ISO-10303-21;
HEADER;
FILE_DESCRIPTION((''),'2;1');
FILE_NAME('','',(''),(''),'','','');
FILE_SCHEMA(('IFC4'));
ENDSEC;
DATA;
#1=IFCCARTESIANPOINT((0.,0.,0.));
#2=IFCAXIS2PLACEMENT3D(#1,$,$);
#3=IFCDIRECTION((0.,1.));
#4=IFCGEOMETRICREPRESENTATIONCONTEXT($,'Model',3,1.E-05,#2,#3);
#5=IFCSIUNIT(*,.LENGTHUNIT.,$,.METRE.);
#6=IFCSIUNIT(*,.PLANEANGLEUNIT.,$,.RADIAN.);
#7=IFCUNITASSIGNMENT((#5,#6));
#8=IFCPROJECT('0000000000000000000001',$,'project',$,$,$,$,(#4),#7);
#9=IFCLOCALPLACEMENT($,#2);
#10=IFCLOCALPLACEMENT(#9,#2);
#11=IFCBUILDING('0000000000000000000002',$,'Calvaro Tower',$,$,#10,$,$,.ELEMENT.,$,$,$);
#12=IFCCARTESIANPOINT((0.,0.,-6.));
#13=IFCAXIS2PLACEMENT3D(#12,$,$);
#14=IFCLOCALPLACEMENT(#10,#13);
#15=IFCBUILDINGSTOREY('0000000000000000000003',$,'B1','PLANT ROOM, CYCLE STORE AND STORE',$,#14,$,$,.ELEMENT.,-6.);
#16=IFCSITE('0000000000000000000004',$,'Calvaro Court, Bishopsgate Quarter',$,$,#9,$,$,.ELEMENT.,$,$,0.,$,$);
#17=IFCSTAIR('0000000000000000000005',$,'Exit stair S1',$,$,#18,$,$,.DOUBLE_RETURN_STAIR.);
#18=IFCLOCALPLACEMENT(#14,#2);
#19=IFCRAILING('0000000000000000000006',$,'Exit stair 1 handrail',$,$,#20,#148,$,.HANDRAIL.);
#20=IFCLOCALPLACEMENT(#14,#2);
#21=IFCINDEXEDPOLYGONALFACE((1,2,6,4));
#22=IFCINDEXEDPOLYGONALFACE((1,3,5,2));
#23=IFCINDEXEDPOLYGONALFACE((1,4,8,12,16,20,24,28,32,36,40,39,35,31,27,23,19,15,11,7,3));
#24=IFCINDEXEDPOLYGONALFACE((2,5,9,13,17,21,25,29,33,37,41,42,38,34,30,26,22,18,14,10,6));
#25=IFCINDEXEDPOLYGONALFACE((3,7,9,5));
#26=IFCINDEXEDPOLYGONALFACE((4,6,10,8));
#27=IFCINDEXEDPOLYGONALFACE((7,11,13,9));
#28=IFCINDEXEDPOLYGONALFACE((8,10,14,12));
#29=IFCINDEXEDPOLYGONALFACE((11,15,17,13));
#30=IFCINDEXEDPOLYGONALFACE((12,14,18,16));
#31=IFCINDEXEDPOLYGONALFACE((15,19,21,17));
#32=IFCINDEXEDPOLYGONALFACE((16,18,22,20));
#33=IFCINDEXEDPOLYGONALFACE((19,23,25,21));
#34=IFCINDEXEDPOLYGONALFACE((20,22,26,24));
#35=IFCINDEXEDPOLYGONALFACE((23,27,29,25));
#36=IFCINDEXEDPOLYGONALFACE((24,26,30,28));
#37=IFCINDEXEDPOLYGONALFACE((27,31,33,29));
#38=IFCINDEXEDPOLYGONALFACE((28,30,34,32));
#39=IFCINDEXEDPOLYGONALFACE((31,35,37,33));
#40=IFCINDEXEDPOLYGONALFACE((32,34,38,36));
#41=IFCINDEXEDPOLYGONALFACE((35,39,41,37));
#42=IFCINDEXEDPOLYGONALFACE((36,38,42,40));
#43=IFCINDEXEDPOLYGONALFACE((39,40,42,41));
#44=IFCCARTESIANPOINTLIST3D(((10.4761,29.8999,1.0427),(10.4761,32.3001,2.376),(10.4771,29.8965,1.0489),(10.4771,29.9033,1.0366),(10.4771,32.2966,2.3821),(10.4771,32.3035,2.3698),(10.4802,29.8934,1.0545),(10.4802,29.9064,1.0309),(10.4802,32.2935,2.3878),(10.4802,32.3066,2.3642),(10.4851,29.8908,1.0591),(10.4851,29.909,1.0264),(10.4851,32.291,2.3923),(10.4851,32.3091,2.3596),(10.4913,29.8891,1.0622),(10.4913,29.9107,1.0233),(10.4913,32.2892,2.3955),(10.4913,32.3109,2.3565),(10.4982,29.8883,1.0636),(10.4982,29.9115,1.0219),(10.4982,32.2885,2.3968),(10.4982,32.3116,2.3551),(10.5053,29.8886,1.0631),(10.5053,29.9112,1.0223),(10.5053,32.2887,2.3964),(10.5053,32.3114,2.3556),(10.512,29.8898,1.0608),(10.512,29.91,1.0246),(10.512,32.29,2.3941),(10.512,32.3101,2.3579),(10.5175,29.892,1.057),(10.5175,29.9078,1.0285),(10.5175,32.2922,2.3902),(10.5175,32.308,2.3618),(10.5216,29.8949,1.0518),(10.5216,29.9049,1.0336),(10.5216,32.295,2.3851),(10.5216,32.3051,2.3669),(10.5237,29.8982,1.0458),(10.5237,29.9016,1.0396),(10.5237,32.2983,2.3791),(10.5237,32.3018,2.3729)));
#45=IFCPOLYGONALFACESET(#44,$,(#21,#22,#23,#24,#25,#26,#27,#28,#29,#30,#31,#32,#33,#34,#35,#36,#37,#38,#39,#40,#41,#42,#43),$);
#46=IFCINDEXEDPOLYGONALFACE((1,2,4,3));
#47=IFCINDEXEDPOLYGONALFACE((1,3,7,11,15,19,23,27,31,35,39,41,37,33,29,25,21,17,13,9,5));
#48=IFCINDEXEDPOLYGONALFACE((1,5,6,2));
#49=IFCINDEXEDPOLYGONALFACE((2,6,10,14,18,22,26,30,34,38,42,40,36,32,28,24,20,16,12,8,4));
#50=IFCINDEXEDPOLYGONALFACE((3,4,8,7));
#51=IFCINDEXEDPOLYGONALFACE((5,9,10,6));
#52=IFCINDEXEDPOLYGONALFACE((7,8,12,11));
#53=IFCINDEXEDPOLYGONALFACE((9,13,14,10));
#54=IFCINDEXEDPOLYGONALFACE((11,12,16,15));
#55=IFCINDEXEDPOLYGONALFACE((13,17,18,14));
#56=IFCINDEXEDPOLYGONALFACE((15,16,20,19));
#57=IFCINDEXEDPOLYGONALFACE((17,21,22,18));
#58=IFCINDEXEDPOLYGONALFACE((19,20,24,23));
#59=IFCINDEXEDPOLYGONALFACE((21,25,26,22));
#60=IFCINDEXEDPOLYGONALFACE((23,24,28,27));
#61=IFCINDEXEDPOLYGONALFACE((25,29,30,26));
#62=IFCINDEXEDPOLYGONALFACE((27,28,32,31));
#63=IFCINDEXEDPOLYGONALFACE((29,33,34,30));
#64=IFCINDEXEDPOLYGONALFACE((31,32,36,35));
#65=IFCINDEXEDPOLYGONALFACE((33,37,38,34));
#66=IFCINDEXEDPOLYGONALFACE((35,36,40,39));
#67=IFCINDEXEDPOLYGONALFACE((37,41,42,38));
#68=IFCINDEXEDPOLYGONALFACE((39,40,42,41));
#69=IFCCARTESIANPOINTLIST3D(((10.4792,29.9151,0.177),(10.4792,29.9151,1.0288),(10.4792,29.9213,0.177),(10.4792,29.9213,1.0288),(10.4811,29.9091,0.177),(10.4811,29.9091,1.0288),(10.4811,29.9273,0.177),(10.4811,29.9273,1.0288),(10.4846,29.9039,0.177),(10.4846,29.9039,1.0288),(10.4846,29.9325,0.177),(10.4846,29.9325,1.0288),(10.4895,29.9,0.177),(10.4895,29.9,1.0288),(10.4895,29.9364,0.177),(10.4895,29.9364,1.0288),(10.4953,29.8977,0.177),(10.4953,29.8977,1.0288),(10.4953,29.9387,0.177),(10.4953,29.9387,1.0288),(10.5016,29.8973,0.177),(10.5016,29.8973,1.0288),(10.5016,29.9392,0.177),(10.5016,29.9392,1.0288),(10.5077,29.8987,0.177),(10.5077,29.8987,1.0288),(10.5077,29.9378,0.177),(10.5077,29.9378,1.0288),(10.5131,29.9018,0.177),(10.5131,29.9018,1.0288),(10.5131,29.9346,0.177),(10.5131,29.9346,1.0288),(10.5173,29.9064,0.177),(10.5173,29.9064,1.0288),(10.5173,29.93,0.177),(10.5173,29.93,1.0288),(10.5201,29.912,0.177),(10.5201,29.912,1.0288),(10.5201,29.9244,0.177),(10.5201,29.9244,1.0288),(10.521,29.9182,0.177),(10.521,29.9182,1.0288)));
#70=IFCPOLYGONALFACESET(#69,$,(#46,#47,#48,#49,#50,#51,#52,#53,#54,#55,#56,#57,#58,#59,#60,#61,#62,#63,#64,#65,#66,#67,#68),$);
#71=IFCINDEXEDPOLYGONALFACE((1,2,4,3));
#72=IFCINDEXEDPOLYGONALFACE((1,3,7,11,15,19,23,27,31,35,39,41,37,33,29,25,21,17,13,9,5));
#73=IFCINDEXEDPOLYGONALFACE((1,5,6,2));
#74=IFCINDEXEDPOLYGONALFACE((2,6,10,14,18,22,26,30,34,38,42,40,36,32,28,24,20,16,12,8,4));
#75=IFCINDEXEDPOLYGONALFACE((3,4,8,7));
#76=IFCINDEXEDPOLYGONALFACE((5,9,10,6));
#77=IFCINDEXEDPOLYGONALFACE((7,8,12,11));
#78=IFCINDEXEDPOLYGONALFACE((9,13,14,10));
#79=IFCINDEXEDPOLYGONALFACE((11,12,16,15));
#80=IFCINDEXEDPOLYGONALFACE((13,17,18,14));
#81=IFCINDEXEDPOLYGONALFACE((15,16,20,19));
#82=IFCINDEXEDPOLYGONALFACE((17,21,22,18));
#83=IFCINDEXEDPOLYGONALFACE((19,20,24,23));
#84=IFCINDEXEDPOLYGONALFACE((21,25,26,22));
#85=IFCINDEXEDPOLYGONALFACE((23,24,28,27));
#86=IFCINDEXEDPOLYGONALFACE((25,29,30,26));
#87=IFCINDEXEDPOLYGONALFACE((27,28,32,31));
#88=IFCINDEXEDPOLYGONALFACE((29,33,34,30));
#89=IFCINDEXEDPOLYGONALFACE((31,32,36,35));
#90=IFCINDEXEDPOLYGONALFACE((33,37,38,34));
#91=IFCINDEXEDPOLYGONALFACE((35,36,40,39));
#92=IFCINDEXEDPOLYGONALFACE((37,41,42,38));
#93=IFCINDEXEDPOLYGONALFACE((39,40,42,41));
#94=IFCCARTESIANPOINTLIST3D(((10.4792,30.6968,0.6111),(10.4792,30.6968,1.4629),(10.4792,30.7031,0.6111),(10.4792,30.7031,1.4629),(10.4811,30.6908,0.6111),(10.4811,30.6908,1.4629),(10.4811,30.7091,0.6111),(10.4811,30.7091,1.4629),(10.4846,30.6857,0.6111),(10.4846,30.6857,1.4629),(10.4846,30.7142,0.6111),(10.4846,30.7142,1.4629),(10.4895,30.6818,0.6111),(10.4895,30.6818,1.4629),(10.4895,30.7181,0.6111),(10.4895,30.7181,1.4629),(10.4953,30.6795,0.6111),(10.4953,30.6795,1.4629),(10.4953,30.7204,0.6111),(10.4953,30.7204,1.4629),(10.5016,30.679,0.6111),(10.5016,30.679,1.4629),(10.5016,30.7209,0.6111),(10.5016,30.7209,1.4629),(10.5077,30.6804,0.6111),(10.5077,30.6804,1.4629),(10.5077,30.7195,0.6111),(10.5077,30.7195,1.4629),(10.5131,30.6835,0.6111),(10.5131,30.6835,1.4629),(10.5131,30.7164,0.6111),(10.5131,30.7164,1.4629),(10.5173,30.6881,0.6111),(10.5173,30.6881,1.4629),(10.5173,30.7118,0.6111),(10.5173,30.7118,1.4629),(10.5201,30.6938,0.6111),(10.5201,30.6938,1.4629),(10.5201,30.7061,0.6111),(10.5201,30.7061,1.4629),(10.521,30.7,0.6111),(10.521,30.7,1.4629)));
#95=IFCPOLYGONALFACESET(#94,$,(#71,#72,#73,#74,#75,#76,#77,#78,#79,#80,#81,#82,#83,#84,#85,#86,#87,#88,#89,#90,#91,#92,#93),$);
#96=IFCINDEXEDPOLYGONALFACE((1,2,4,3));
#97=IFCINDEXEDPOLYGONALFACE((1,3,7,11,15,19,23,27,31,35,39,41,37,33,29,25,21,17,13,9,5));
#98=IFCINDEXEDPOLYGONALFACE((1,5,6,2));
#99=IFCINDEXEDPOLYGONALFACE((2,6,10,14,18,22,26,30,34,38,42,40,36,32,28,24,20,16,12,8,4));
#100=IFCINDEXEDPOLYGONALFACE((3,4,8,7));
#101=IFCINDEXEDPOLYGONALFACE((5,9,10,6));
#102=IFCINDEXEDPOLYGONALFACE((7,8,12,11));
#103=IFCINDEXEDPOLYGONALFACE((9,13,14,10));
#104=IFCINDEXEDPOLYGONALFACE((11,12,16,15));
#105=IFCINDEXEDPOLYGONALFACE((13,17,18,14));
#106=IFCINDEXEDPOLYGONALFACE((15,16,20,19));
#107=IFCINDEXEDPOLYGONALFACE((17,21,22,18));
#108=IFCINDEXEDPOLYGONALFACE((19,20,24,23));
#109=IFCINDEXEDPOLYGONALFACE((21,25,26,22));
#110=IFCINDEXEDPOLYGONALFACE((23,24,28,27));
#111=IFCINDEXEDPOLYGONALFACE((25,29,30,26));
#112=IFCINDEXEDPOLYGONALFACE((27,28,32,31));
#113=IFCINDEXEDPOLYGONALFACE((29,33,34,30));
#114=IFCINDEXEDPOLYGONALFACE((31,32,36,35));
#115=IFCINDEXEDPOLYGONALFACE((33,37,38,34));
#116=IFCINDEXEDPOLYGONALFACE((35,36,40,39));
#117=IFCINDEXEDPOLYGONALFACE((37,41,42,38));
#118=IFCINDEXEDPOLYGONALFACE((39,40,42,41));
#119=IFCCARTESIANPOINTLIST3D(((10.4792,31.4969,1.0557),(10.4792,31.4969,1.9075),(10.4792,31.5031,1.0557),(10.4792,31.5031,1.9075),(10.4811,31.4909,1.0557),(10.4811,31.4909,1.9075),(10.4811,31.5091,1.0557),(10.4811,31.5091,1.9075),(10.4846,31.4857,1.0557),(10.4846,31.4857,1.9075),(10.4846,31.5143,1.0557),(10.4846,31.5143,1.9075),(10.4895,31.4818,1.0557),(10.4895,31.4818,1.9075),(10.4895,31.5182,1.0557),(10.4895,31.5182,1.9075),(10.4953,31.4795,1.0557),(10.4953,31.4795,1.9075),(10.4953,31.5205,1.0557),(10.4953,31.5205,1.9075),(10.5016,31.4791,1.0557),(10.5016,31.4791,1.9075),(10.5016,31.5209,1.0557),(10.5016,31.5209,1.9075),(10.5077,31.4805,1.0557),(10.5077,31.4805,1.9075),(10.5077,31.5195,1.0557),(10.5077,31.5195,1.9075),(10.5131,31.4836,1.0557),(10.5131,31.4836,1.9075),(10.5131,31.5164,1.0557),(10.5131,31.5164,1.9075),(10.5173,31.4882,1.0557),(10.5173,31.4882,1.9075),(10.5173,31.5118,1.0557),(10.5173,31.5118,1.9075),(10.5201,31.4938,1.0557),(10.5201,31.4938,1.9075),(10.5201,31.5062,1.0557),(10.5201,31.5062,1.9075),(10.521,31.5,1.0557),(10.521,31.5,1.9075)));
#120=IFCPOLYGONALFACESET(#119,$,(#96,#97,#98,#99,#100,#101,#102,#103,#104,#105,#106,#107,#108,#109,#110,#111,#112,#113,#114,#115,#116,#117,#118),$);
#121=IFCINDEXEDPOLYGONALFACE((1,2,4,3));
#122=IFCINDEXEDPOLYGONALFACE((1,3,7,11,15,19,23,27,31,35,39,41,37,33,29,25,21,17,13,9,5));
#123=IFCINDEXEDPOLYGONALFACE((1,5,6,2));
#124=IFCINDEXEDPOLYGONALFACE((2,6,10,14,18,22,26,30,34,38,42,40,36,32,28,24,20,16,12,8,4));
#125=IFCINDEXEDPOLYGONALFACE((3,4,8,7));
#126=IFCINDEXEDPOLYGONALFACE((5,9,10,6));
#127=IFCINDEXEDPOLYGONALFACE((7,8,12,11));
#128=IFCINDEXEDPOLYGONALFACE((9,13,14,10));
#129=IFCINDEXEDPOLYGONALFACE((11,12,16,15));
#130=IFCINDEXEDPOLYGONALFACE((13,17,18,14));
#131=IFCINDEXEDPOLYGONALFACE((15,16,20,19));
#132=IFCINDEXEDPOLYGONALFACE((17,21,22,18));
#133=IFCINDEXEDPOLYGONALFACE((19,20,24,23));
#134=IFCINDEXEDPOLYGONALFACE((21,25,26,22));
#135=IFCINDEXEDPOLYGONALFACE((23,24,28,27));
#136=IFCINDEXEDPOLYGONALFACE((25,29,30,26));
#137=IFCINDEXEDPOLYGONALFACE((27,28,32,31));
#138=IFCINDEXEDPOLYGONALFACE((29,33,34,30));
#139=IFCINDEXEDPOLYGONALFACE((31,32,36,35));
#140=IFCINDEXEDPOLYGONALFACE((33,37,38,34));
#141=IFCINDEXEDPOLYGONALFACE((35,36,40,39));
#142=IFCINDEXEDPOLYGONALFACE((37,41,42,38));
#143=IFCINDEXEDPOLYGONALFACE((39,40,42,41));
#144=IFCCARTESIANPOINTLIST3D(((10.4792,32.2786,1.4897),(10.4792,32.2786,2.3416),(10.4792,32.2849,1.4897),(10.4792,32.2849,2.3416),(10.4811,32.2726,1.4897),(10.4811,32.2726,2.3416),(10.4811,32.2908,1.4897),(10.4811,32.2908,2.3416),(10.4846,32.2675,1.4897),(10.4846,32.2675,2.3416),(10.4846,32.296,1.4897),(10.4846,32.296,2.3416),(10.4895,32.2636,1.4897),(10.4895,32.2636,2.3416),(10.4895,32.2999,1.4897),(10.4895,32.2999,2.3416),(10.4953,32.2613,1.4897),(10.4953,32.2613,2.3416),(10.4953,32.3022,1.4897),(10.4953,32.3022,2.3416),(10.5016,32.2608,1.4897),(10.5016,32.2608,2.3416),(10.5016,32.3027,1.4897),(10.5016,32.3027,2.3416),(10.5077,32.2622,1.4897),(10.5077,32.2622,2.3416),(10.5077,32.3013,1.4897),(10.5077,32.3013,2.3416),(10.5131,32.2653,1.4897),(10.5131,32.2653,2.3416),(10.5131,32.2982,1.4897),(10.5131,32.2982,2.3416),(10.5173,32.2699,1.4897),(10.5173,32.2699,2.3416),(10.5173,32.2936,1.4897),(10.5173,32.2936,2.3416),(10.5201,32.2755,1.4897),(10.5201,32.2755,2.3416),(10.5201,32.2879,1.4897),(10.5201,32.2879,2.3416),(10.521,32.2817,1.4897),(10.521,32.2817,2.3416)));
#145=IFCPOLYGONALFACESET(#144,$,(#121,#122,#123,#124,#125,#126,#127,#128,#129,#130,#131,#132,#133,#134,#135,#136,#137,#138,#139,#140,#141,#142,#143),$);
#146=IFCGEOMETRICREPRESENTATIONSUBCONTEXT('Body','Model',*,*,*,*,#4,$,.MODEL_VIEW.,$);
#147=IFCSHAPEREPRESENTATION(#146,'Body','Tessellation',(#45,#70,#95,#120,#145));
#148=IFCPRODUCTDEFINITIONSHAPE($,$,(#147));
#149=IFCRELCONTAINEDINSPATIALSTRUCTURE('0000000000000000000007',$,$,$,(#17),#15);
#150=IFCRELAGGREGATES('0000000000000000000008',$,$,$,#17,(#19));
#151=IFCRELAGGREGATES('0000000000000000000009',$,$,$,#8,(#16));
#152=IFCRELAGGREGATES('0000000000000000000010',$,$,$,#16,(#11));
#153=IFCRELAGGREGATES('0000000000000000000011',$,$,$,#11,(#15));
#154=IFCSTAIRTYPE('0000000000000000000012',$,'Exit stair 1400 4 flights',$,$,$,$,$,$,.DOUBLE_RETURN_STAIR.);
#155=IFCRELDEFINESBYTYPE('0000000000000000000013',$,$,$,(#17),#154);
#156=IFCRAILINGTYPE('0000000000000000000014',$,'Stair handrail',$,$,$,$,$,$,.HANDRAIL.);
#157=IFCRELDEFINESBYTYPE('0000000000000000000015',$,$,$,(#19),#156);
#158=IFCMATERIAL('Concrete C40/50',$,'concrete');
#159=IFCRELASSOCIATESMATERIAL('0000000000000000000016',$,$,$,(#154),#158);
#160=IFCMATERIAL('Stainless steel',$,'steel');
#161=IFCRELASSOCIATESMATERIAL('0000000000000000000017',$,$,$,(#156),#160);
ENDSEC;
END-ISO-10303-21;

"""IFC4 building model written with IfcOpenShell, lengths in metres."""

from ifc_helpers import new_model, si_unit, direction, frame, origin, origin_2d, place, context, subcontext, project, spatial, circle, extrude, material, type_object, element, aggregate, save


model = new_model("IFC4")

# Units and contexts
model_context = context("Model", 3, precision=1e-05, world=origin(), true_north=direction((0.0, 1.0)))
body_context = subcontext(model_context, "Body", "Model", "MODEL_VIEW")
ifc_project = project(units=[si_unit("LENGTHUNIT", "METRE"), si_unit("PLANEANGLEUNIT", "RADIAN")], contexts=[model_context])

# Site, building, storey
site_placement = place(None, origin())
site = spatial("IfcSite", under=ifc_project, at=site_placement, Name="Calvaro Court, Bishopsgate Quarter", CompositionType="ELEMENT", RefElevation=0.0)
building_placement = place(site_placement, origin())
building = spatial("IfcBuilding", under=site, at=building_placement, Name="Calvaro Tower", CompositionType="ELEMENT")
storey_placement = place(building_placement, frame((0.0, 0.0, -6.0)))
storey = spatial("IfcBuildingStorey", under=building, at=storey_placement, Name="B1", Description="PLANT ROOM, CYCLE STORE AND STORE", CompositionType="ELEMENT", Elevation=-6.0)

# Stair, railing
ifc_material_1 = material(Name="Concrete C40/50", Category="concrete")
stair_type = type_object("IfcStairType", Name="Exit stair 1400 4 flights", PredefinedType="DOUBLE_RETURN_STAIR", material=ifc_material_1)
stair_placement = place(storey_placement, origin())
stair = element("IfcStair", 1, at=stair_placement, inside=storey, type_object=stair_type, Name="Exit stair S1", PredefinedType="DOUBLE_RETURN_STAIR")
ifc_material_2 = material(Name="Stainless steel", Category="steel")
railing_type = type_object("IfcRailingType", Name="Stair handrail", PredefinedType="HANDRAIL", material=ifc_material_2)
railing_placement = place(storey_placement, frame((10.5, 29.8999, 0.1667)))
railing = element("IfcRailing", 2, at=railing_placement, type_object=railing_type, Name="Exit stair 1 handrail", PredefinedType="HANDRAIL", context=body_context, shape_type="SweptSolid", body=[
    extrude(circle(Radius=0.0239, at=origin_2d()), frame((0.0, 0.0, 0.876), z_axis=(0.0, 0.874182, 0.485598), x_axis=(-1.0, 0.0, 0.0)), (0.0, 0.0, 1.0), 2.7456),
    extrude(circle(Radius=0.021, at=origin_2d()), frame((0.0, 0.0183, 0.0103)), (0.0, 0.0, 1.0), 0.8518),
    extrude(circle(Radius=0.021, at=origin_2d()), frame((0.0, 0.8, 0.4443)), (0.0, 0.0, 1.0), 0.8518),
    extrude(circle(Radius=0.021, at=origin_2d()), frame((0.0, 1.6001, 0.8889)), (0.0, 0.0, 1.0), 0.8518),
    extrude(circle(Radius=0.021, at=origin_2d()), frame((0.0, 2.3818, 1.323)), (0.0, 0.0, 1.0), 0.8518),
])
aggregate(stair, [railing])

save(model, "model.ifc")
